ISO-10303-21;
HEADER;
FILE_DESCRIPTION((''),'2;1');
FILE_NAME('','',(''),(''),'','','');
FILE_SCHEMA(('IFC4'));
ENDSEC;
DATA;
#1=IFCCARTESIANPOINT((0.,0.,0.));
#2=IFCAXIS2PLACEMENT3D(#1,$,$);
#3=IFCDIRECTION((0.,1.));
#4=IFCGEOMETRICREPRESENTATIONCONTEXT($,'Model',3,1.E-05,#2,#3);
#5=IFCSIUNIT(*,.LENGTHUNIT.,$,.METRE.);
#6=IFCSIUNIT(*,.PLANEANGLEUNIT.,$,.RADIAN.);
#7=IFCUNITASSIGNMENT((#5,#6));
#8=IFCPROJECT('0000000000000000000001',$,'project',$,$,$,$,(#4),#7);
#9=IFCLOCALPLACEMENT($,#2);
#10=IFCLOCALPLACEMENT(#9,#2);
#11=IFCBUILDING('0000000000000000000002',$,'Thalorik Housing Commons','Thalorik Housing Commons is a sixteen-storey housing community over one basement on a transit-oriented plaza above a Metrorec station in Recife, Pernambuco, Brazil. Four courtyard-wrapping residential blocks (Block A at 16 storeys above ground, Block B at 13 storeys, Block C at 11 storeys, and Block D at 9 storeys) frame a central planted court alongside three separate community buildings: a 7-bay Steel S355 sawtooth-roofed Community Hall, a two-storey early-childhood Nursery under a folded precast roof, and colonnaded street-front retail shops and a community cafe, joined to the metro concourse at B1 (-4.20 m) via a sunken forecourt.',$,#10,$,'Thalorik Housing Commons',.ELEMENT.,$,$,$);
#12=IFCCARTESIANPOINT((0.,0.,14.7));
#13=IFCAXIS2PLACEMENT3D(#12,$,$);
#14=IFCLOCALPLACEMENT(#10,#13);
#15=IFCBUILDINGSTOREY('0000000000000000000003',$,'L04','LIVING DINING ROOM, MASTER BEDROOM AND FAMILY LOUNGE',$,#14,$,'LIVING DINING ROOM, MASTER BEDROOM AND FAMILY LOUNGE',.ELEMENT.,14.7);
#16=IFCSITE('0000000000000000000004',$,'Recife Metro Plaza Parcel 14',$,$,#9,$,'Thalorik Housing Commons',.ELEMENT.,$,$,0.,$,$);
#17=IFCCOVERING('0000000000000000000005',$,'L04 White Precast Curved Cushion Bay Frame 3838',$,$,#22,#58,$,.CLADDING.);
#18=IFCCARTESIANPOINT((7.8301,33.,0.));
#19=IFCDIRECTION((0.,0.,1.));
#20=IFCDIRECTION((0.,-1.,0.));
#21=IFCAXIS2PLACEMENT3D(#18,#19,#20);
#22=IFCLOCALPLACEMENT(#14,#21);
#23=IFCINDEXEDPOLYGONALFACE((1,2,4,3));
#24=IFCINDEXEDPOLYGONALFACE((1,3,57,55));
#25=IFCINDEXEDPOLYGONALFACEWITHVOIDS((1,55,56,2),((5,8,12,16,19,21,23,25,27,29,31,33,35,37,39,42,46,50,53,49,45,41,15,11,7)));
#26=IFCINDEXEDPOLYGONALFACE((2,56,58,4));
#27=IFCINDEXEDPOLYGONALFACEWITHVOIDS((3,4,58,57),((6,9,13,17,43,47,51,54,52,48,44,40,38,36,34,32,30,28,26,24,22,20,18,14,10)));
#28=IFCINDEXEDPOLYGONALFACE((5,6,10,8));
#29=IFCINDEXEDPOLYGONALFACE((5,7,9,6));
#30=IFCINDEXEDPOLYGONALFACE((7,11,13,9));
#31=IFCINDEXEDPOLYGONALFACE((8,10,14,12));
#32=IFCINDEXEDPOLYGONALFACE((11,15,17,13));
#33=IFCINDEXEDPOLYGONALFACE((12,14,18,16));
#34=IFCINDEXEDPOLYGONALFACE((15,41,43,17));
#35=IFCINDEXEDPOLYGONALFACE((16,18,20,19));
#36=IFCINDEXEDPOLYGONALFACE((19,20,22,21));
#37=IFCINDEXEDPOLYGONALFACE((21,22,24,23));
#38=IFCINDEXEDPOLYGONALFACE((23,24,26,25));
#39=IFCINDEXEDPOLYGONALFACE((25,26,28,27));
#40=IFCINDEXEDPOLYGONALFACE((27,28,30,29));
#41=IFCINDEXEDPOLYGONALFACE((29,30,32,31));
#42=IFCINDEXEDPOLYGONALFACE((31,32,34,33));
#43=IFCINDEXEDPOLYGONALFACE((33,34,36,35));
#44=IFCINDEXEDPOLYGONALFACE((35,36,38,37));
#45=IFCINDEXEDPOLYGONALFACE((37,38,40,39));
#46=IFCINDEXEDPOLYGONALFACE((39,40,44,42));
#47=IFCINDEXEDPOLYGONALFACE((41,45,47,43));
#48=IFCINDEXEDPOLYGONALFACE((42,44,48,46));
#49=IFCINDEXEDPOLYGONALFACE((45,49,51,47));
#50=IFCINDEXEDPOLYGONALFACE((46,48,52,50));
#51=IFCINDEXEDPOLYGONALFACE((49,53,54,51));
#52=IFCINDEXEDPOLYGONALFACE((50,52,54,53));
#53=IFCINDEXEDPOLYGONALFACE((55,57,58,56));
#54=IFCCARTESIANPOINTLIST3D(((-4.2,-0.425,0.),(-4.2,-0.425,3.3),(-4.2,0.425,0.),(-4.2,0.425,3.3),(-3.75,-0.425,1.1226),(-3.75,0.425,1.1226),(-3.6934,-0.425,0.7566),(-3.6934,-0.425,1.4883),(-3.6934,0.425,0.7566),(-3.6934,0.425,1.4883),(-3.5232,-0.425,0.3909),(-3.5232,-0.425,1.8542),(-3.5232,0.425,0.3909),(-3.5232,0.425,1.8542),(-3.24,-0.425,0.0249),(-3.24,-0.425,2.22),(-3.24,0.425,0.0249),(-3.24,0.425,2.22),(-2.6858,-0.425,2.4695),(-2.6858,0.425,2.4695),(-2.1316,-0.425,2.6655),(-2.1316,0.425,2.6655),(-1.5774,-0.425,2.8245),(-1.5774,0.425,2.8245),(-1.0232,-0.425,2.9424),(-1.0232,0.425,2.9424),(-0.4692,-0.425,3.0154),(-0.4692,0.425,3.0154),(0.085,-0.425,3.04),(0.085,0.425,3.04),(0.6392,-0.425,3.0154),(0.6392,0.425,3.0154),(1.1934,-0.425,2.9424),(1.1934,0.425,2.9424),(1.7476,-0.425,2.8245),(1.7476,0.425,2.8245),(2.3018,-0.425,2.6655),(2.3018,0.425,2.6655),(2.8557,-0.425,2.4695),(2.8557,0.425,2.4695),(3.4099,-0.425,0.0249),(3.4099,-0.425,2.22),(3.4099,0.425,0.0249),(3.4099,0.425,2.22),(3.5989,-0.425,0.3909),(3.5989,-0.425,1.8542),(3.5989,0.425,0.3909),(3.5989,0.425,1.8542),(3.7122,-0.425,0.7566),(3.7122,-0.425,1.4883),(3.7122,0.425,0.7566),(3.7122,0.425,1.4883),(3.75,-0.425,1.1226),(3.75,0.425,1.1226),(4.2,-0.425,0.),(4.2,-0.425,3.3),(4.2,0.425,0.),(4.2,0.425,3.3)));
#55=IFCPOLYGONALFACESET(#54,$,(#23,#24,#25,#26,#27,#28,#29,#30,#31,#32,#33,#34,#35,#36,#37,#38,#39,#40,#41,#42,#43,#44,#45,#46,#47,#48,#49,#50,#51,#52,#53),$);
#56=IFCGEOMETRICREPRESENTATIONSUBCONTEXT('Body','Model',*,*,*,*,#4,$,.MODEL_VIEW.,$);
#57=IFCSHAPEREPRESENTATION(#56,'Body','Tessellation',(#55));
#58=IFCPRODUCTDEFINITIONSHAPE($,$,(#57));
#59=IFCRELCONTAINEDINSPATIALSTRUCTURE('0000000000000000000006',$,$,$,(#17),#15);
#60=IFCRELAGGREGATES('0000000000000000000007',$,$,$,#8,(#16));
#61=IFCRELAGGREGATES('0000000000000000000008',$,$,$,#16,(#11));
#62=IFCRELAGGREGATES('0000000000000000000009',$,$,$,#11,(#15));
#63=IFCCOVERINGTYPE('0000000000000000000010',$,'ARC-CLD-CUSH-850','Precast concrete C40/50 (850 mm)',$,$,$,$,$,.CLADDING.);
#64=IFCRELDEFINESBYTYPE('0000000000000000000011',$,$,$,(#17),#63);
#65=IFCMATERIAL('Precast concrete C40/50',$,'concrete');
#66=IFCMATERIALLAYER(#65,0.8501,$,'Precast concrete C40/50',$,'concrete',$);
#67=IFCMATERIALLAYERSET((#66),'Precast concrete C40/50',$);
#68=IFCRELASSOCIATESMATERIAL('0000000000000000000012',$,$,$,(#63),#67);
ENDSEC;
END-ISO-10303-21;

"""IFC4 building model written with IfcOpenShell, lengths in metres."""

from ifc_helpers import new_model, si_unit, direction, frame, origin, place, context, subcontext, project, spatial, polyline, outline, extrude, material, layer, layer_set, type_object, element, save


model = new_model("IFC4")

# Units and contexts
model_context = context("Model", 3, precision=1e-05, world=origin(), true_north=direction((0.0, 1.0)))
body_context = subcontext(model_context, "Body", "Model", "MODEL_VIEW")
ifc_project = project(units=[si_unit("LENGTHUNIT", "METRE"), si_unit("PLANEANGLEUNIT", "RADIAN")], contexts=[model_context])

# Site, building, storey
site_placement = place(None, origin())
site = spatial("IfcSite", under=ifc_project, at=site_placement, Name="Recife Metro Plaza Parcel 14", LongName="Thalorik Housing Commons", CompositionType="ELEMENT", RefElevation=0.0)
building_placement = place(site_placement, origin())
building = spatial("IfcBuilding", under=site, at=building_placement, Name="Thalorik Housing Commons", Description="Thalorik Housing Commons is a sixteen-storey housing community over one basement on a transit-oriented plaza above a Metrorec station in Recife, Pernambuco, Brazil. Four courtyard-wrapping residential blocks (Block A at 16 storeys above ground, Block B at 13 storeys, Block C at 11 storeys, and Block D at 9 storeys) frame a central planted court alongside three separate community buildings: a 7-bay Steel S355 sawtooth-roofed Community Hall, a two-storey early-childhood Nursery under a folded precast roof, and colonnaded street-front retail shops and a community cafe, joined to the metro concourse at B1 (-4.20 m) via a sunken forecourt.", LongName="Thalorik Housing Commons", CompositionType="ELEMENT")
storey_placement = place(building_placement, frame((0.0, 0.0, 14.7)))
storey = spatial("IfcBuildingStorey", under=building, at=storey_placement, Name="L04", Description="LIVING DINING ROOM, MASTER BEDROOM AND FAMILY LOUNGE", LongName="LIVING DINING ROOM, MASTER BEDROOM AND FAMILY LOUNGE", CompositionType="ELEMENT", Elevation=14.7)

# Shared definitions
ifc_material_1 = material(Name="Precast concrete C40/50", Category="concrete")

# Covering
ifc_layer_1 = layer(ifc_material_1, 0.8501, Name="Precast concrete C40/50", Category="concrete")
ifc_layer_set_1 = layer_set([ifc_layer_1], Name="Precast concrete C40/50")
covering_type_1 = type_object("IfcCoveringType", Name="ARC-CLD-CUSH-850", Description="Precast concrete C40/50 (850 mm)", PredefinedType="CLADDING", material=ifc_layer_set_1)
covering_1_placement = place(storey_placement, frame((7.8301, 33.0, 0.0), z_axis=(0.0, 0.0, 1.0), x_axis=(0.0, -1.0, 0.0)))
element("IfcCovering", 1, at=covering_1_placement, inside=storey, type_object=covering_type_1, Name="L04 White Precast Curved Cushion Bay Frame 3838", PredefinedType="CLADDING", context=body_context, shape_type="SweptSolid", body=[
    extrude(outline(polyline([(-4.2, 0.0), (4.2, 0.0), (4.2, 3.3), (-4.2, 3.3), (-4.2, 0.0)]), holes=[polyline([(3.4099, 0.0249), (3.5989, 0.3909), (3.7122, 0.7566), (3.75, 1.1226), (3.7122, 1.4883), (3.5989, 1.8542), (3.4099, 2.22), (2.8557, 2.4695), (2.3018, 2.6655), (1.7476, 2.8245), (1.1934, 2.9424), (0.6392, 3.0154), (0.085, 3.04), (-0.4692, 3.0154), (-1.0232, 2.9424), (-1.5774, 2.8245), (-2.1316, 2.6655), (-2.6858, 2.4695), (-3.24, 2.22), (-3.5232, 1.8542), (-3.6934, 1.4883), (-3.75, 1.1226), (-3.6934, 0.7566), (-3.5232, 0.3909), (-3.24, 0.0249), (3.4099, 0.0249)])]), frame((0.0, 0.425, 0.0), z_axis=(0.0, -1.0, 0.0), x_axis=(1.0, 0.0, 0.0)), (0.0, 0.0, 1.0), 0.8501),
])

save(model, "model.ifc")
